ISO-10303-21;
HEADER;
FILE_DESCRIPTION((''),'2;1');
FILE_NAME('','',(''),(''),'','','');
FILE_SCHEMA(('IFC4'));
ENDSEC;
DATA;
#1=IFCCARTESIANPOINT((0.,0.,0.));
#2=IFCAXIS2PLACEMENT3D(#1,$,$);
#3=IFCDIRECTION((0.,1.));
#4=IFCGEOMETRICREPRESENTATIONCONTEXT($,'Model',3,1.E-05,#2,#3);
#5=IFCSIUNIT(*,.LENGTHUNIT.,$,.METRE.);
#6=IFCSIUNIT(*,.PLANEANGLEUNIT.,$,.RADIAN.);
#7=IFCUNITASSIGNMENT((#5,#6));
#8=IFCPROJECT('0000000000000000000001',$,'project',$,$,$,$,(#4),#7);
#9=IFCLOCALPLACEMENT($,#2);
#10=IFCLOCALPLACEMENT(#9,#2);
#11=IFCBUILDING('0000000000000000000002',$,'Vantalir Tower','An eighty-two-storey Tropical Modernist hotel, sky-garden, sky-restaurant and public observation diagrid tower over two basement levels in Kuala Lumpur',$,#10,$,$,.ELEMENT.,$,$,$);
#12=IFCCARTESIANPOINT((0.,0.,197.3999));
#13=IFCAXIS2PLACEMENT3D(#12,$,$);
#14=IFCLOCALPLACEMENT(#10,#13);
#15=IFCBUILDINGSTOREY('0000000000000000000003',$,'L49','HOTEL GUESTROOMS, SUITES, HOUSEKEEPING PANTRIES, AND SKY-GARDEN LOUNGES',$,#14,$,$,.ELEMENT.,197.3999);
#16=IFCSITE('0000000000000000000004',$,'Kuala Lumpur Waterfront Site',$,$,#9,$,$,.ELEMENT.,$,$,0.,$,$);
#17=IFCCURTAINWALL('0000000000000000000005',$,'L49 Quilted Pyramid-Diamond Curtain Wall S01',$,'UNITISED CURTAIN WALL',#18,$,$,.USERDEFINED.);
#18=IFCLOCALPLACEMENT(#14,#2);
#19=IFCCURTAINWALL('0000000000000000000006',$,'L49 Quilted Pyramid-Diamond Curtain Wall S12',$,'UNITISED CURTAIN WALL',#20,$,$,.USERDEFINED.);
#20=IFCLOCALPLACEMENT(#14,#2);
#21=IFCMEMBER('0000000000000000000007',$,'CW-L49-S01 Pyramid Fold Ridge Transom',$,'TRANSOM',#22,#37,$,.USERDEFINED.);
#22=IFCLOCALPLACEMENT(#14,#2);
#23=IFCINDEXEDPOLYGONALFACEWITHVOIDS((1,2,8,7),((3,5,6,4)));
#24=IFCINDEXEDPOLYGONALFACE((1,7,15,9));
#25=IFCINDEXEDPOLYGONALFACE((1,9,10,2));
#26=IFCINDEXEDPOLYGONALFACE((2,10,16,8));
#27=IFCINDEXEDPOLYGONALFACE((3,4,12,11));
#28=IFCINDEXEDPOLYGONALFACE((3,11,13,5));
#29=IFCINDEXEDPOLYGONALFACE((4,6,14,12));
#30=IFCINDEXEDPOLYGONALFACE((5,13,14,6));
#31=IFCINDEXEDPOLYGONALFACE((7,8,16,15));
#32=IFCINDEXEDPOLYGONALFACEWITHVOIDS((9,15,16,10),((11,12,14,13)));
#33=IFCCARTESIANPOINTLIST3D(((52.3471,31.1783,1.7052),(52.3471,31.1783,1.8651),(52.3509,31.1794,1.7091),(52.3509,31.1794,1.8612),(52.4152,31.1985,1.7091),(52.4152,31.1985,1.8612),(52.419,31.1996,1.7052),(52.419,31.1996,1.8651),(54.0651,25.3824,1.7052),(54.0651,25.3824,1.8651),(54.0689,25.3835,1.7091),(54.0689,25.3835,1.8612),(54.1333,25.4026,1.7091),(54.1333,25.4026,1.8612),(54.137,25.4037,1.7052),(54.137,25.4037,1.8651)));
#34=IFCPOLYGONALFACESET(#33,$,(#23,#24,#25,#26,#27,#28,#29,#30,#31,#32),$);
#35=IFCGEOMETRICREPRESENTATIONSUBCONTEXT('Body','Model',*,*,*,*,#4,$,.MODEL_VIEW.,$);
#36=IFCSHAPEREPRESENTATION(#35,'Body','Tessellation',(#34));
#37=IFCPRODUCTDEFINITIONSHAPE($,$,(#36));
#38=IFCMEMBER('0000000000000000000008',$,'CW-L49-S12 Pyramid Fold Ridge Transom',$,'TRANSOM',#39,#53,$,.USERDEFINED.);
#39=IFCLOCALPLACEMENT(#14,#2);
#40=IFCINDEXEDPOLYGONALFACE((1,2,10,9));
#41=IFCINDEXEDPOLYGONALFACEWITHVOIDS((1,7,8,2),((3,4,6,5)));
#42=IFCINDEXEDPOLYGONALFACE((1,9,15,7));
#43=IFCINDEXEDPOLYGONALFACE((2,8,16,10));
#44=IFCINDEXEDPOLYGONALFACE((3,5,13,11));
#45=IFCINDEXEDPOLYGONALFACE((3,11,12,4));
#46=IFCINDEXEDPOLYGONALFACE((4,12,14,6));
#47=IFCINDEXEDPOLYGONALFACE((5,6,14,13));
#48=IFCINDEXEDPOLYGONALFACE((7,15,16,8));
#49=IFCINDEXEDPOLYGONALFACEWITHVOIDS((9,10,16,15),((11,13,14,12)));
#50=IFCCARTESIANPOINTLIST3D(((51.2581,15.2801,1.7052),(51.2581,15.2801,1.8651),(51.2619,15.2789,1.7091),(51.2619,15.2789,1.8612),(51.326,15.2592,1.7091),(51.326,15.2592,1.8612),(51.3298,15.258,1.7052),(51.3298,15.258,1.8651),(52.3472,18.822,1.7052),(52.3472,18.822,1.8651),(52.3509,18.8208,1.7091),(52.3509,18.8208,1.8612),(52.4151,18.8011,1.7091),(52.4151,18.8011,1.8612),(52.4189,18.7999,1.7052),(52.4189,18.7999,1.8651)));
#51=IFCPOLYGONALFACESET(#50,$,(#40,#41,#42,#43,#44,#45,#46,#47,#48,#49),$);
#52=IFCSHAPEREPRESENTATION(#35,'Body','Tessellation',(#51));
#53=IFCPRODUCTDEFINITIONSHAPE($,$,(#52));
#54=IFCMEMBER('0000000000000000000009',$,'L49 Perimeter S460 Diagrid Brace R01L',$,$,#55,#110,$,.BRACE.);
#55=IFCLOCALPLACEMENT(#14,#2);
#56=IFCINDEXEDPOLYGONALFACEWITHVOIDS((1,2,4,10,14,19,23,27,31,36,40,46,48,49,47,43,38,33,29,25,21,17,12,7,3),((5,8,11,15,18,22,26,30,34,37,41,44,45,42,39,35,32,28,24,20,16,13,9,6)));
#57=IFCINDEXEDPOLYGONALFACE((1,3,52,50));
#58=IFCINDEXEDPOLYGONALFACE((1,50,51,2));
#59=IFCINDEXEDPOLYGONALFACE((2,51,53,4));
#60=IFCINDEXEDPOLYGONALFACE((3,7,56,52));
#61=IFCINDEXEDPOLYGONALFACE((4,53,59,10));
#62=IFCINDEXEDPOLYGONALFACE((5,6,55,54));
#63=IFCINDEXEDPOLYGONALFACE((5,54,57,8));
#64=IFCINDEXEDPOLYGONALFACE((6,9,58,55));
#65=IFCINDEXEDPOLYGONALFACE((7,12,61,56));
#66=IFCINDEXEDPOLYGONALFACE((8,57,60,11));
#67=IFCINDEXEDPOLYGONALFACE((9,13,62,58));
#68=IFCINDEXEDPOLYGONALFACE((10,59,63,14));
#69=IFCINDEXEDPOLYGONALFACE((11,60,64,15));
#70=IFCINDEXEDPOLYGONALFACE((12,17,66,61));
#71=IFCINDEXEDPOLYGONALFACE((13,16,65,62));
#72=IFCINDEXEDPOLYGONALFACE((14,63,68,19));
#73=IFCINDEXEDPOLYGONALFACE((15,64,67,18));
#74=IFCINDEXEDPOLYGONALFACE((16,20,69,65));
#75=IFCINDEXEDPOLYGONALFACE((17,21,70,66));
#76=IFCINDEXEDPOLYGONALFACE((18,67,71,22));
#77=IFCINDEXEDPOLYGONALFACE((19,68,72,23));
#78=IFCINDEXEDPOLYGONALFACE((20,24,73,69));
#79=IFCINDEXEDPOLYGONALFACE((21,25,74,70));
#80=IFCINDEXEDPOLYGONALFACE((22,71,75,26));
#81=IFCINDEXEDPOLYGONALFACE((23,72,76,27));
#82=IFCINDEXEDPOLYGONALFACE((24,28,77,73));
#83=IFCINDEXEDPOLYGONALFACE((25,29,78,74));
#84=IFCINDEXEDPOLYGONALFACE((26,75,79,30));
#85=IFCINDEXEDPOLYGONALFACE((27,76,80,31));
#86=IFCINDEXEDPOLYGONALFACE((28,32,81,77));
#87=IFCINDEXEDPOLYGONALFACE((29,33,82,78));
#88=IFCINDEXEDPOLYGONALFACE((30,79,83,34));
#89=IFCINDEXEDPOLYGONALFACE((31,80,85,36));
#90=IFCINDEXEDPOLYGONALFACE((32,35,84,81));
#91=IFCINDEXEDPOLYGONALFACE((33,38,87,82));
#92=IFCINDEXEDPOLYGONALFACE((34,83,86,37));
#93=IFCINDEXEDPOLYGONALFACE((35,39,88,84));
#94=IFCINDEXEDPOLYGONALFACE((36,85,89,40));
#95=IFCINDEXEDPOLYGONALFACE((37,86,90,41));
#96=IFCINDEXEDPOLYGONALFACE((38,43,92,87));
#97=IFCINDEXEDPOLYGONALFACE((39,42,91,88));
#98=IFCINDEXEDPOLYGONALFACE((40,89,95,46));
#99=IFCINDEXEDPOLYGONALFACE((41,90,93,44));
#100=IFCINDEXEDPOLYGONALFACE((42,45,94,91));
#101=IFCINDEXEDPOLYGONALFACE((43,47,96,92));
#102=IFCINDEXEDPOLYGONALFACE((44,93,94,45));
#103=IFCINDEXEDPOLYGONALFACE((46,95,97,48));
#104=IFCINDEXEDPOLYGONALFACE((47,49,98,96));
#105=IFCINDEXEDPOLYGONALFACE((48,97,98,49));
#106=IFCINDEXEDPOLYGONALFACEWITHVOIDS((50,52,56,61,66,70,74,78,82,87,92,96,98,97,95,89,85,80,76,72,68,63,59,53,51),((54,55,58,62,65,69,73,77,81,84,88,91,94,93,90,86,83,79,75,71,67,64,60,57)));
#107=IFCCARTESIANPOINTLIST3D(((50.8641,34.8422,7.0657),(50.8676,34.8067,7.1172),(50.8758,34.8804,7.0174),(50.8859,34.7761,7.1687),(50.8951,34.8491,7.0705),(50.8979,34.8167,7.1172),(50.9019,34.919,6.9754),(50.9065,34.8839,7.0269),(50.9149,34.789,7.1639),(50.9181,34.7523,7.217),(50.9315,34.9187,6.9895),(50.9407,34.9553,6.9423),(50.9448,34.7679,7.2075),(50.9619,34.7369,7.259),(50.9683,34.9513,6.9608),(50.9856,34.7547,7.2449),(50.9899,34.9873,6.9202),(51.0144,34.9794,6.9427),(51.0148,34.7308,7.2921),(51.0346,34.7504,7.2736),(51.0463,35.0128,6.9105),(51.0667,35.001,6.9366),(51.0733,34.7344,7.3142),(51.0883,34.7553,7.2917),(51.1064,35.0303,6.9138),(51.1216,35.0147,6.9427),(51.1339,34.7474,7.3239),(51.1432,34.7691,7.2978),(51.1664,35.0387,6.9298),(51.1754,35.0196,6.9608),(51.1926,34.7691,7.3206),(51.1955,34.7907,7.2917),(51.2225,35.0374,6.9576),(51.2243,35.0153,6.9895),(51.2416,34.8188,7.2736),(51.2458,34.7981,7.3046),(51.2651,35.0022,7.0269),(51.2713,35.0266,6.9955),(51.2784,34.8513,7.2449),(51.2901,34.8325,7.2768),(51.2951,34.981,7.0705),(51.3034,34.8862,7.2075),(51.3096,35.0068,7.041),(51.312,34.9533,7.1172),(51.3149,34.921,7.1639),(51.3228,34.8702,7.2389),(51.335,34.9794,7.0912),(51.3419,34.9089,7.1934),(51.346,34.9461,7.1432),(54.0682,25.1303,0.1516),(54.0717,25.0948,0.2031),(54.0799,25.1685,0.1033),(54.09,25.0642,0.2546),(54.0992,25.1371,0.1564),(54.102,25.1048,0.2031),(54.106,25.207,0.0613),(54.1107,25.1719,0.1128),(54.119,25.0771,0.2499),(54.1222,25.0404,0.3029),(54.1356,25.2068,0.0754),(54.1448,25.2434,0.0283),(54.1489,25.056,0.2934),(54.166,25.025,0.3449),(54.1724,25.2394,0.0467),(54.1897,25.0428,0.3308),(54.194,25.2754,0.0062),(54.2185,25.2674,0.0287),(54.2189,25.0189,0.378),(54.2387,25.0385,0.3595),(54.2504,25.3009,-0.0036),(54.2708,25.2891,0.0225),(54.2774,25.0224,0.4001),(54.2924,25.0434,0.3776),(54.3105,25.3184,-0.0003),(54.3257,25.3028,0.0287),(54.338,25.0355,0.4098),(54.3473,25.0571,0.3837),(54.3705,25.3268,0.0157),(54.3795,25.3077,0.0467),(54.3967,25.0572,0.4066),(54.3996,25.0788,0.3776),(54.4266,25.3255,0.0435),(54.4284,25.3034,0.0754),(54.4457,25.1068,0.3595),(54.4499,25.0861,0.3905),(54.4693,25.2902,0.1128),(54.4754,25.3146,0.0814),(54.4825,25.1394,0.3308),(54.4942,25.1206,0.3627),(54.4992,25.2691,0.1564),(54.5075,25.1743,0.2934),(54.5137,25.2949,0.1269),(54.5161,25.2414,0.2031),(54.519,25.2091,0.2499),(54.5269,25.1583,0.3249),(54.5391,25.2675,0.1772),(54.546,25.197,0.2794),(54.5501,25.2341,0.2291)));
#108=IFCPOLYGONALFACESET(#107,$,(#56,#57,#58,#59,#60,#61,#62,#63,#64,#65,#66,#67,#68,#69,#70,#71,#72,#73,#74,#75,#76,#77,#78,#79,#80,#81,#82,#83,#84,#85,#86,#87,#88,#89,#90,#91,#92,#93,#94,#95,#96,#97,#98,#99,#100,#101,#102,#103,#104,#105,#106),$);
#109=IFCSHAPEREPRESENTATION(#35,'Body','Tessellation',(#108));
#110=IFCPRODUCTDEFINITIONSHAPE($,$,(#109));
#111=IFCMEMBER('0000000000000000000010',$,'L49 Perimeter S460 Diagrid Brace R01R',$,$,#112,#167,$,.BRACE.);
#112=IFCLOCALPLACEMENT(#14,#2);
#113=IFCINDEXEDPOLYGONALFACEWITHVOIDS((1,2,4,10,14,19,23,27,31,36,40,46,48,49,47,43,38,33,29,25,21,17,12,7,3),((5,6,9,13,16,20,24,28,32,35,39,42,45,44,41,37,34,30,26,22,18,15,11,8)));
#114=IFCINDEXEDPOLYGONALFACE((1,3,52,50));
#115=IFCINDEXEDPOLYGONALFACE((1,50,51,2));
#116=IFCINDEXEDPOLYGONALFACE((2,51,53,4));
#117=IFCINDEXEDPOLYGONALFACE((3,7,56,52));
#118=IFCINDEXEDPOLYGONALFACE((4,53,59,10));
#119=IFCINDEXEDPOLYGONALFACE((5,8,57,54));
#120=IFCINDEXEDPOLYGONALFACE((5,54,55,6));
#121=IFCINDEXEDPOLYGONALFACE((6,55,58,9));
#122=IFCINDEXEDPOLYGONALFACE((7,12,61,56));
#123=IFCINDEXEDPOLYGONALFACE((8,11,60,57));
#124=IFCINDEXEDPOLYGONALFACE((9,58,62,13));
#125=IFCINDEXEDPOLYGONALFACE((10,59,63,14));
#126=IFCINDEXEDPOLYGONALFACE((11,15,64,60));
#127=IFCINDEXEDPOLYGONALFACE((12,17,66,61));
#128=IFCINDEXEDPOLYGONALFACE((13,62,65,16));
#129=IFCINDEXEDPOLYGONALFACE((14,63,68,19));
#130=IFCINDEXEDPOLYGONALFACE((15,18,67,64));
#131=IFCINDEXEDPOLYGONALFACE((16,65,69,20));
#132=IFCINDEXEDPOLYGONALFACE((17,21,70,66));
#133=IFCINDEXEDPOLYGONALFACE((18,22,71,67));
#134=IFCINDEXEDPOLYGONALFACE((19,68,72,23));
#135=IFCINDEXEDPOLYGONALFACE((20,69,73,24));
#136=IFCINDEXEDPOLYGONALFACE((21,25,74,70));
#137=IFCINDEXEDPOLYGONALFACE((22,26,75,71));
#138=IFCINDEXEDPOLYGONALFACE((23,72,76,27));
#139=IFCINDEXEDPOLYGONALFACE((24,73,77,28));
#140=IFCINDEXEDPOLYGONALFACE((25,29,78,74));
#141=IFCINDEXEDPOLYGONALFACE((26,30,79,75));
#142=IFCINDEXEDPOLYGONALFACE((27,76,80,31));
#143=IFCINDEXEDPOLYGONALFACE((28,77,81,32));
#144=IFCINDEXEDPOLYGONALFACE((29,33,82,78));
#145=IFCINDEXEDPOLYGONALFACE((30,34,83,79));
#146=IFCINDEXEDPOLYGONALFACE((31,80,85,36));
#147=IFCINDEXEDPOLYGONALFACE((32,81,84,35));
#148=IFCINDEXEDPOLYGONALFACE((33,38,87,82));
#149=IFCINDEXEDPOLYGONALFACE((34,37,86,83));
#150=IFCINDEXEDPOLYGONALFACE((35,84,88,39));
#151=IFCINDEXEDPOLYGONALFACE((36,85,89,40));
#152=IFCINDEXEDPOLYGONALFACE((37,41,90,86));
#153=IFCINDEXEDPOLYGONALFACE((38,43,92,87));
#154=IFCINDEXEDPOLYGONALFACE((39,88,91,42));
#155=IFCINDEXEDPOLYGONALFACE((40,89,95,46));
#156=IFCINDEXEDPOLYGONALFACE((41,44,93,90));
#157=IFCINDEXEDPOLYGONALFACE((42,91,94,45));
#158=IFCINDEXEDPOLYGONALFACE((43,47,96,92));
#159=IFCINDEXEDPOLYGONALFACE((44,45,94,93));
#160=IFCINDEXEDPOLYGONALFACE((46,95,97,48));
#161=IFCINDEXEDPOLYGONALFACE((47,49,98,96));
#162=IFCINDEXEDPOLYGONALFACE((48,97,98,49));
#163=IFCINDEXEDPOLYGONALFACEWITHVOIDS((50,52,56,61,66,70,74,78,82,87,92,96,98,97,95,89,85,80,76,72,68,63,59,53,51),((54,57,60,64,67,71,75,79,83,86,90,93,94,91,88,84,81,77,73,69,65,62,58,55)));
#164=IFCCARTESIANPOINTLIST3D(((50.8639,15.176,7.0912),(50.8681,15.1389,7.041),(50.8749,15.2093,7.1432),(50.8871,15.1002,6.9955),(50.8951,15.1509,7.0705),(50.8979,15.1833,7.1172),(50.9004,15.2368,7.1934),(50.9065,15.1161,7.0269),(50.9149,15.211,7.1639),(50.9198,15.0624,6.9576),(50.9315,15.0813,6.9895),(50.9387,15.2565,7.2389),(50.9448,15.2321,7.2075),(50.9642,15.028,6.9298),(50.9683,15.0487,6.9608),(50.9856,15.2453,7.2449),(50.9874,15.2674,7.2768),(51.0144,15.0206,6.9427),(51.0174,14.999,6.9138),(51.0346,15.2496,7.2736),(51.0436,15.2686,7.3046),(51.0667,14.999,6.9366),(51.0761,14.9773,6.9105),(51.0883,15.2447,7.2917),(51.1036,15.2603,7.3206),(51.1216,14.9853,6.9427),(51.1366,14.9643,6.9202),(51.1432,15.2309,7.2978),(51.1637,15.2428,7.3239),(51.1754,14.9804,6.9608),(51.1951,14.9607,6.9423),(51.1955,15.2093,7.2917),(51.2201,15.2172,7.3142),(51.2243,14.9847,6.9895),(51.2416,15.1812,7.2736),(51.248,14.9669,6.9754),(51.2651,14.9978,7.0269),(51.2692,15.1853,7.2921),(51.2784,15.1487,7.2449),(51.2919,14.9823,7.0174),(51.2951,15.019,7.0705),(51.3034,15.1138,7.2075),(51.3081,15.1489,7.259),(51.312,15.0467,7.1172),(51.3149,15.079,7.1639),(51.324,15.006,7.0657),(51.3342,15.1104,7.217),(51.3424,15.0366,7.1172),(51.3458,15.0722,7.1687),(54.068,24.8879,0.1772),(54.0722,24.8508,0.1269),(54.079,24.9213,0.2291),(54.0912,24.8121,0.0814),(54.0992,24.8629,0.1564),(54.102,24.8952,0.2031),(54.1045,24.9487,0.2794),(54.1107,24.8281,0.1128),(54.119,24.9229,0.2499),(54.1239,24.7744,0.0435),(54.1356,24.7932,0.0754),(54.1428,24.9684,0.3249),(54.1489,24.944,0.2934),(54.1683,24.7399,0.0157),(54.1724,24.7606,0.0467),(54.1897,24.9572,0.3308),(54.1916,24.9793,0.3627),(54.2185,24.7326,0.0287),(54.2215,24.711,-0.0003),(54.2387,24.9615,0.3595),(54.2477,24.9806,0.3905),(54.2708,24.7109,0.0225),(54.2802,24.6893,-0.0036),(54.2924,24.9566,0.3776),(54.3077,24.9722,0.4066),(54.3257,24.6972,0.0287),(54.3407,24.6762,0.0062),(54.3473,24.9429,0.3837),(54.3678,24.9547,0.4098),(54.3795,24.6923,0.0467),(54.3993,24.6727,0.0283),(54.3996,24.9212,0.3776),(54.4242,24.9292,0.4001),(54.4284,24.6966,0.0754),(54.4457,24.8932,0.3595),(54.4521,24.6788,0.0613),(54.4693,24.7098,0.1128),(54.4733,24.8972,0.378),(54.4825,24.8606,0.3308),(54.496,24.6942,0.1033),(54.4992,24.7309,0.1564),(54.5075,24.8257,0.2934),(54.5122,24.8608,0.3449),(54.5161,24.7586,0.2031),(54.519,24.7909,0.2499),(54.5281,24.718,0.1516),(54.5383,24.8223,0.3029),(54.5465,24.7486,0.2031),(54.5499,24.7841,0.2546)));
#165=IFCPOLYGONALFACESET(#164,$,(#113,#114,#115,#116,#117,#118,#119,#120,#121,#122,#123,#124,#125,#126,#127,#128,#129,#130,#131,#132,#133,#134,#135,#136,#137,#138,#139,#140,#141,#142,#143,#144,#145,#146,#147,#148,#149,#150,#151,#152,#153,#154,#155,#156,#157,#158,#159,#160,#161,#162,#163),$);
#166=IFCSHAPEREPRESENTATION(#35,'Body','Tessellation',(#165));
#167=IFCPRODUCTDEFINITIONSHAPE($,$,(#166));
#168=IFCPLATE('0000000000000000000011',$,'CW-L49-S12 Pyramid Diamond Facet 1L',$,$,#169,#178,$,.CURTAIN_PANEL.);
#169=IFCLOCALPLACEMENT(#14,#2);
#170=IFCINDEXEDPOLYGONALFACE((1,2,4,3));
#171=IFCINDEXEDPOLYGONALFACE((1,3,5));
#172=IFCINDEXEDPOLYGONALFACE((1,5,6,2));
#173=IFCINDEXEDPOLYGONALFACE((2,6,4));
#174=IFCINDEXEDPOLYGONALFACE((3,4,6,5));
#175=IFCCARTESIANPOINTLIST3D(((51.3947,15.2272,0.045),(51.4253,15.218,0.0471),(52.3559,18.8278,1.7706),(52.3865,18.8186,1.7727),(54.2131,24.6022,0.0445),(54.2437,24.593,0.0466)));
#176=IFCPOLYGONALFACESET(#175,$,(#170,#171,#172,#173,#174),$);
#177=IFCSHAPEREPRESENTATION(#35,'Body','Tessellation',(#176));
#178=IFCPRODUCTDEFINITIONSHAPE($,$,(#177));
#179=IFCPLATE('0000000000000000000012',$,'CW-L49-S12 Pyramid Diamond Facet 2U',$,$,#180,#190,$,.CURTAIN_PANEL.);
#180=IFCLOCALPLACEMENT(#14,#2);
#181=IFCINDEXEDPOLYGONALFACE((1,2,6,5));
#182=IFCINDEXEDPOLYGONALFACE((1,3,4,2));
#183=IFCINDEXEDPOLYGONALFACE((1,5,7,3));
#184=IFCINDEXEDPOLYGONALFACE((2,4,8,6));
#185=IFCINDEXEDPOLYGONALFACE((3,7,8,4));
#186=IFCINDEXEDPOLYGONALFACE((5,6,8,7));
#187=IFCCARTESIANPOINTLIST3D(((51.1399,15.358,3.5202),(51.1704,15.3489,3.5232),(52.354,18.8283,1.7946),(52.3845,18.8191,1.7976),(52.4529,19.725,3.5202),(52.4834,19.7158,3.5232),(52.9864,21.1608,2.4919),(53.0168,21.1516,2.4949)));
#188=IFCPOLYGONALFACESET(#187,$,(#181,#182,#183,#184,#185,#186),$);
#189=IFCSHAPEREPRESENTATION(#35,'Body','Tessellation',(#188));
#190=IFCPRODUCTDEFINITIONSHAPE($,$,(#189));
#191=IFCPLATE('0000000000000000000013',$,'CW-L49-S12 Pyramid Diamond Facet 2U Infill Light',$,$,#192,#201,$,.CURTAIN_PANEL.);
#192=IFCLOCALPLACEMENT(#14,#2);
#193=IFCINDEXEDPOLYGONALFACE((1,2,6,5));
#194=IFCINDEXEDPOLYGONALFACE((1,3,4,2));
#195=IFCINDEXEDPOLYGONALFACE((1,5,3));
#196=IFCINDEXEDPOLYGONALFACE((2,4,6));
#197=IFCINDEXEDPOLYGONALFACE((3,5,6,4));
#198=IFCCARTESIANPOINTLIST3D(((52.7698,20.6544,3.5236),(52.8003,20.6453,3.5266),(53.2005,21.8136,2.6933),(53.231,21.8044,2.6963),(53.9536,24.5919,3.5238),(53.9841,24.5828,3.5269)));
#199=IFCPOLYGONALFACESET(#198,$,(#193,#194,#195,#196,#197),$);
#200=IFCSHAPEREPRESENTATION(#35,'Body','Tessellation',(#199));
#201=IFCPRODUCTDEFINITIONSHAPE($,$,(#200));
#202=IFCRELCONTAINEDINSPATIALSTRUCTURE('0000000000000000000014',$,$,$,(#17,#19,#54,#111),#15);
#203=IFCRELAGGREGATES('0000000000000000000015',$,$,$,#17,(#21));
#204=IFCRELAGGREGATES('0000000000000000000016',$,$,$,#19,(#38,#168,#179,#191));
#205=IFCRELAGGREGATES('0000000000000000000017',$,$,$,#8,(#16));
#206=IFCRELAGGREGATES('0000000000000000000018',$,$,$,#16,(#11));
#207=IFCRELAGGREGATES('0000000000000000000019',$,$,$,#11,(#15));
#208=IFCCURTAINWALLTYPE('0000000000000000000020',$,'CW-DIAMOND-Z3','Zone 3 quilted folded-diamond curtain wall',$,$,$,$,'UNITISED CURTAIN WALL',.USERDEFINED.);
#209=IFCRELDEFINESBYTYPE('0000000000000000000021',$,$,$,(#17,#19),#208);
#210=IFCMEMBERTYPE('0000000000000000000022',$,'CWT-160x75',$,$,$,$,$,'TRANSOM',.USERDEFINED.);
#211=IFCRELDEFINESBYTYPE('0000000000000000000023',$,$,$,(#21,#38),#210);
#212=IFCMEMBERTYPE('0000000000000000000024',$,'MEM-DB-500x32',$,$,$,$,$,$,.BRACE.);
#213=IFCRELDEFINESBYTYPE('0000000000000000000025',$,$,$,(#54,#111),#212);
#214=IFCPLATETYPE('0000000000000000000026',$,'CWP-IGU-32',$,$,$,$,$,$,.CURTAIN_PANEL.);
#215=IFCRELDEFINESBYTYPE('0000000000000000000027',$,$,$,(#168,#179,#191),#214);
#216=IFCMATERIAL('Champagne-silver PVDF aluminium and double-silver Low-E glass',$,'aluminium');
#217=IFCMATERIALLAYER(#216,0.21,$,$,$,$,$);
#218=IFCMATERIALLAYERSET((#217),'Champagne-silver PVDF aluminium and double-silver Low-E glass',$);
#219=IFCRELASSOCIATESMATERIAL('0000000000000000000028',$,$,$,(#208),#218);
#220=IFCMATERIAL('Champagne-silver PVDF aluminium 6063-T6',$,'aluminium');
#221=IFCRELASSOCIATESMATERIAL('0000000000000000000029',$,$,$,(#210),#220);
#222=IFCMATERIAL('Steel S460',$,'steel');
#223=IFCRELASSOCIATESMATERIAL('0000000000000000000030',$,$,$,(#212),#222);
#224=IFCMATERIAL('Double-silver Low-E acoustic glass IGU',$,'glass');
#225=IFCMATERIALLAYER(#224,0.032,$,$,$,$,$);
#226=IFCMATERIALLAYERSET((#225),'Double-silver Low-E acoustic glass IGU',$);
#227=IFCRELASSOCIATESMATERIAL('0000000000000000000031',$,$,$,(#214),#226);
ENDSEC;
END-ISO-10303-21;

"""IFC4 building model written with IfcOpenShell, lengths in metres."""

from ifc_helpers import new_model, si_unit, direction, frame, origin, origin_2d, place, context, subcontext, project, spatial, polyline, hollow_rectangle, hollow_circle, outline, extrude, material, layer, layer_set, material_profile, profile_set, type_object, element, aggregate, save


model = new_model("IFC4")

# Units and contexts
model_context = context("Model", 3, precision=1e-05, world=origin(), true_north=direction((0.0, 1.0)))
body_context = subcontext(model_context, "Body", "Model", "MODEL_VIEW")
ifc_project = project(units=[si_unit("LENGTHUNIT", "METRE"), si_unit("PLANEANGLEUNIT", "RADIAN")], contexts=[model_context])

# Site, building, storey
site_placement = place(None, origin())
site = spatial("IfcSite", under=ifc_project, at=site_placement, Name="Kuala Lumpur Waterfront Site", CompositionType="ELEMENT", RefElevation=0.0)
building_placement = place(site_placement, origin())
building = spatial("IfcBuilding", under=site, at=building_placement, Name="Vantalir Tower", Description="An eighty-two-storey Tropical Modernist hotel, sky-garden, sky-restaurant and public observation diagrid tower over two basement levels in Kuala Lumpur", CompositionType="ELEMENT")
storey_placement = place(building_placement, frame((0.0, 0.0, 197.3999)))
storey = spatial("IfcBuildingStorey", under=building, at=storey_placement, Name="L49", Description="HOTEL GUESTROOMS, SUITES, HOUSEKEEPING PANTRIES, AND SKY-GARDEN LOUNGES", CompositionType="ELEMENT", Elevation=197.3999)

# Shared definitions
ifc_material_1 = material(Name="Steel S460", Category="steel")

# Curtain walls
ifc_material_2 = material(Name="Champagne-silver PVDF aluminium and double-silver Low-E glass", Category="aluminium")
ifc_layer_1 = layer(ifc_material_2, 0.21)
ifc_layer_set_1 = layer_set([ifc_layer_1], Name="Champagne-silver PVDF aluminium and double-silver Low-E glass")
curtain_wall_type = type_object("IfcCurtainWallType", Name="CW-DIAMOND-Z3", Description="Zone 3 quilted folded-diamond curtain wall", ElementType="UNITISED CURTAIN WALL", PredefinedType="USERDEFINED", material=ifc_layer_set_1)
curtain_wall_1_placement = place(storey_placement, origin())
curtain_wall_1 = element("IfcCurtainWall", 1, at=curtain_wall_1_placement, inside=storey, type_object=curtain_wall_type, Name="L49 Quilted Pyramid-Diamond Curtain Wall S01", ObjectType="UNITISED CURTAIN WALL", PredefinedType="USERDEFINED")
ifc_material_3 = material(Name="Champagne-silver PVDF aluminium 6063-T6", Category="aluminium")
curtain_wall_2_placement = place(storey_placement, origin())
curtain_wall_2 = element("IfcCurtainWall", 2, at=curtain_wall_2_placement, inside=storey, type_object=curtain_wall_type, Name="L49 Quilted Pyramid-Diamond Curtain Wall S12", ObjectType="UNITISED CURTAIN WALL", PredefinedType="USERDEFINED")

# Members
ifc_material_profile_1 = material_profile(ifc_material_3, hollow_rectangle(XDim=0.075, YDim=0.1599, WallThickness=0.0039, at=origin_2d()), Name="Champagne-silver PVDF aluminium 6063-T6")
ifc_profile_set_1 = profile_set([ifc_material_profile_1], Name="Champagne-silver PVDF aluminium 6063-T6")
member_type_1 = type_object("IfcMemberType", Name="CWT-160x75", ElementType="TRANSOM", PredefinedType="USERDEFINED", material=ifc_profile_set_1)
member_1_placement = place(storey_placement, frame((54.1011, 25.3931, 1.7852), z_axis=(-0.284197, 0.958766, 0.0), x_axis=(-0.958766, -0.284197, 0.0)))
member_1 = element("IfcMember", 3, at=member_1_placement, type_object=member_type_1, Name="CW-L49-S01 Pyramid Fold Ridge Transom", ObjectType="TRANSOM", PredefinedType="USERDEFINED", context=body_context, shape_type="SweptSolid", body=[
    extrude(hollow_rectangle(XDim=0.075, YDim=0.1599, WallThickness=0.0039, at=origin_2d()), origin(), (0.0, 0.0, 1.0), 6.0452),
])
aggregate(curtain_wall_1, [member_1])
member_2_placement = place(storey_placement, frame((51.2939, 15.269, 1.7852), z_axis=(0.293905, 0.955835, 0.0), x_axis=(-0.955835, 0.293905, 0.0)))
member_2 = element("IfcMember", 4, at=member_2_placement, type_object=member_type_1, Name="CW-L49-S12 Pyramid Fold Ridge Transom", ObjectType="TRANSOM", PredefinedType="USERDEFINED", context=body_context, shape_type="SweptSolid", body=[
    extrude(hollow_rectangle(XDim=0.075, YDim=0.1599, WallThickness=0.0039, at=origin_2d()), origin(), (0.0, 0.0, 1.0), 3.7056),
])

# Members
ifc_material_profile_2 = material_profile(ifc_material_1, hollow_circle(Radius=0.25, WallThickness=0.032, at=origin_2d()), Name="Steel S460")
ifc_profile_set_2 = profile_set([ifc_material_profile_2], Name="Steel S460")
member_type_2 = type_object("IfcMemberType", Name="MEM-DB-500x32", PredefinedType="BRACE", material=ifc_profile_set_2)
for number, where, z_axis, x_axis, name in (
    (5, (54.3091, 25.1731, 0.2031), (-0.259553, 0.786727, 0.560083), (-0.949653, -0.313304, 0.0), "L49 Perimeter S460 Diagrid Brace R01L"),
    (6, (54.3091, 24.8269, 0.2031), (-0.259553, -0.786727, 0.560083), (0.949653, -0.313304, 0.0), "L49 Perimeter S460 Diagrid Brace R01R"),
):
    element("IfcMember", number, at=place(storey_placement, frame(where, z_axis=z_axis, x_axis=x_axis)), inside=storey, type_object=member_type_2, Name=name, PredefinedType="BRACE", context=body_context, shape_type="SweptSolid", body=[
        extrude(hollow_circle(Radius=0.25, WallThickness=0.032, at=origin_2d()), origin(), (0.0, 0.0, 1.0), 12.3447),
    ])

# Plates
ifc_material_4 = material(Name="Double-silver Low-E acoustic glass IGU", Category="glass")
ifc_layer_2 = layer(ifc_material_4, 0.032)
ifc_layer_set_2 = layer_set([ifc_layer_2], Name="Double-silver Low-E acoustic glass IGU")
plate_type_1 = type_object("IfcPlateType", Name="CWP-IGU-32", PredefinedType="CURTAIN_PANEL", material=ifc_layer_set_2)
plate_1_placement = place(storey_placement, frame((51.4253, 15.218, 0.0471), z_axis=(0.955502, -0.287244, 0.067129), x_axis=(0.287897, 0.957661, -0.00005)))
plate_1 = element("IfcPlate", 7, at=plate_1_placement, type_object=plate_type_1, Name="CW-L49-S12 Pyramid Diamond Facet 1L", PredefinedType="CURTAIN_PANEL", context=body_context, shape_type="SweptSolid", body=[
    extrude(outline(polyline([(0.0, 0.0), (9.7895, 0.0), (3.7248, 1.7297), (0.0, 0.0)])), origin(), (0.0, 0.0, -1.0), 0.032),
])
plate_2_placement = place(storey_placement, frame((51.1704, 15.3489, 3.5232), z_axis=(0.95338, -0.286649, 0.094333), x_axis=(0.287933, 0.95765, 0.0)))
plate_2 = element("IfcPlate", 8, at=plate_2_placement, type_object=plate_type_1, Name="CW-L49-S12 Pyramid Diamond Facet 2U", PredefinedType="CURTAIN_PANEL", context=body_context, shape_type="SweptSolid", body=[
    extrude(outline(polyline([(0.0, 0.0), (4.5601, 0.0), (6.0886, -1.0329), (3.6728, -1.7333), (0.0, 0.0)])), origin(), (0.0, 0.0, -1.0), 0.032),
])
plate_3_placement = place(storey_placement, frame((52.8003, 20.6453, 3.5266), z_axis=(0.953382, -0.286647, 0.094315), x_axis=(0.287925, 0.957653, 0.000059)))
plate_3 = element("IfcPlate", 9, at=plate_3_placement, type_object=plate_type_1, Name="CW-L49-S12 Pyramid Diamond Facet 2U Infill Light", PredefinedType="CURTAIN_PANEL", context=body_context, shape_type="SweptSolid", body=[
    extrude(outline(polyline([(0.0, 0.0), (4.1116, 0.0), (1.234, -0.8341), (0.0, 0.0)])), origin(), (0.0, 0.0, -1.0), 0.032),
])
aggregate(curtain_wall_2, [member_2, plate_1, plate_2, plate_3])

save(model, "model.ifc")
